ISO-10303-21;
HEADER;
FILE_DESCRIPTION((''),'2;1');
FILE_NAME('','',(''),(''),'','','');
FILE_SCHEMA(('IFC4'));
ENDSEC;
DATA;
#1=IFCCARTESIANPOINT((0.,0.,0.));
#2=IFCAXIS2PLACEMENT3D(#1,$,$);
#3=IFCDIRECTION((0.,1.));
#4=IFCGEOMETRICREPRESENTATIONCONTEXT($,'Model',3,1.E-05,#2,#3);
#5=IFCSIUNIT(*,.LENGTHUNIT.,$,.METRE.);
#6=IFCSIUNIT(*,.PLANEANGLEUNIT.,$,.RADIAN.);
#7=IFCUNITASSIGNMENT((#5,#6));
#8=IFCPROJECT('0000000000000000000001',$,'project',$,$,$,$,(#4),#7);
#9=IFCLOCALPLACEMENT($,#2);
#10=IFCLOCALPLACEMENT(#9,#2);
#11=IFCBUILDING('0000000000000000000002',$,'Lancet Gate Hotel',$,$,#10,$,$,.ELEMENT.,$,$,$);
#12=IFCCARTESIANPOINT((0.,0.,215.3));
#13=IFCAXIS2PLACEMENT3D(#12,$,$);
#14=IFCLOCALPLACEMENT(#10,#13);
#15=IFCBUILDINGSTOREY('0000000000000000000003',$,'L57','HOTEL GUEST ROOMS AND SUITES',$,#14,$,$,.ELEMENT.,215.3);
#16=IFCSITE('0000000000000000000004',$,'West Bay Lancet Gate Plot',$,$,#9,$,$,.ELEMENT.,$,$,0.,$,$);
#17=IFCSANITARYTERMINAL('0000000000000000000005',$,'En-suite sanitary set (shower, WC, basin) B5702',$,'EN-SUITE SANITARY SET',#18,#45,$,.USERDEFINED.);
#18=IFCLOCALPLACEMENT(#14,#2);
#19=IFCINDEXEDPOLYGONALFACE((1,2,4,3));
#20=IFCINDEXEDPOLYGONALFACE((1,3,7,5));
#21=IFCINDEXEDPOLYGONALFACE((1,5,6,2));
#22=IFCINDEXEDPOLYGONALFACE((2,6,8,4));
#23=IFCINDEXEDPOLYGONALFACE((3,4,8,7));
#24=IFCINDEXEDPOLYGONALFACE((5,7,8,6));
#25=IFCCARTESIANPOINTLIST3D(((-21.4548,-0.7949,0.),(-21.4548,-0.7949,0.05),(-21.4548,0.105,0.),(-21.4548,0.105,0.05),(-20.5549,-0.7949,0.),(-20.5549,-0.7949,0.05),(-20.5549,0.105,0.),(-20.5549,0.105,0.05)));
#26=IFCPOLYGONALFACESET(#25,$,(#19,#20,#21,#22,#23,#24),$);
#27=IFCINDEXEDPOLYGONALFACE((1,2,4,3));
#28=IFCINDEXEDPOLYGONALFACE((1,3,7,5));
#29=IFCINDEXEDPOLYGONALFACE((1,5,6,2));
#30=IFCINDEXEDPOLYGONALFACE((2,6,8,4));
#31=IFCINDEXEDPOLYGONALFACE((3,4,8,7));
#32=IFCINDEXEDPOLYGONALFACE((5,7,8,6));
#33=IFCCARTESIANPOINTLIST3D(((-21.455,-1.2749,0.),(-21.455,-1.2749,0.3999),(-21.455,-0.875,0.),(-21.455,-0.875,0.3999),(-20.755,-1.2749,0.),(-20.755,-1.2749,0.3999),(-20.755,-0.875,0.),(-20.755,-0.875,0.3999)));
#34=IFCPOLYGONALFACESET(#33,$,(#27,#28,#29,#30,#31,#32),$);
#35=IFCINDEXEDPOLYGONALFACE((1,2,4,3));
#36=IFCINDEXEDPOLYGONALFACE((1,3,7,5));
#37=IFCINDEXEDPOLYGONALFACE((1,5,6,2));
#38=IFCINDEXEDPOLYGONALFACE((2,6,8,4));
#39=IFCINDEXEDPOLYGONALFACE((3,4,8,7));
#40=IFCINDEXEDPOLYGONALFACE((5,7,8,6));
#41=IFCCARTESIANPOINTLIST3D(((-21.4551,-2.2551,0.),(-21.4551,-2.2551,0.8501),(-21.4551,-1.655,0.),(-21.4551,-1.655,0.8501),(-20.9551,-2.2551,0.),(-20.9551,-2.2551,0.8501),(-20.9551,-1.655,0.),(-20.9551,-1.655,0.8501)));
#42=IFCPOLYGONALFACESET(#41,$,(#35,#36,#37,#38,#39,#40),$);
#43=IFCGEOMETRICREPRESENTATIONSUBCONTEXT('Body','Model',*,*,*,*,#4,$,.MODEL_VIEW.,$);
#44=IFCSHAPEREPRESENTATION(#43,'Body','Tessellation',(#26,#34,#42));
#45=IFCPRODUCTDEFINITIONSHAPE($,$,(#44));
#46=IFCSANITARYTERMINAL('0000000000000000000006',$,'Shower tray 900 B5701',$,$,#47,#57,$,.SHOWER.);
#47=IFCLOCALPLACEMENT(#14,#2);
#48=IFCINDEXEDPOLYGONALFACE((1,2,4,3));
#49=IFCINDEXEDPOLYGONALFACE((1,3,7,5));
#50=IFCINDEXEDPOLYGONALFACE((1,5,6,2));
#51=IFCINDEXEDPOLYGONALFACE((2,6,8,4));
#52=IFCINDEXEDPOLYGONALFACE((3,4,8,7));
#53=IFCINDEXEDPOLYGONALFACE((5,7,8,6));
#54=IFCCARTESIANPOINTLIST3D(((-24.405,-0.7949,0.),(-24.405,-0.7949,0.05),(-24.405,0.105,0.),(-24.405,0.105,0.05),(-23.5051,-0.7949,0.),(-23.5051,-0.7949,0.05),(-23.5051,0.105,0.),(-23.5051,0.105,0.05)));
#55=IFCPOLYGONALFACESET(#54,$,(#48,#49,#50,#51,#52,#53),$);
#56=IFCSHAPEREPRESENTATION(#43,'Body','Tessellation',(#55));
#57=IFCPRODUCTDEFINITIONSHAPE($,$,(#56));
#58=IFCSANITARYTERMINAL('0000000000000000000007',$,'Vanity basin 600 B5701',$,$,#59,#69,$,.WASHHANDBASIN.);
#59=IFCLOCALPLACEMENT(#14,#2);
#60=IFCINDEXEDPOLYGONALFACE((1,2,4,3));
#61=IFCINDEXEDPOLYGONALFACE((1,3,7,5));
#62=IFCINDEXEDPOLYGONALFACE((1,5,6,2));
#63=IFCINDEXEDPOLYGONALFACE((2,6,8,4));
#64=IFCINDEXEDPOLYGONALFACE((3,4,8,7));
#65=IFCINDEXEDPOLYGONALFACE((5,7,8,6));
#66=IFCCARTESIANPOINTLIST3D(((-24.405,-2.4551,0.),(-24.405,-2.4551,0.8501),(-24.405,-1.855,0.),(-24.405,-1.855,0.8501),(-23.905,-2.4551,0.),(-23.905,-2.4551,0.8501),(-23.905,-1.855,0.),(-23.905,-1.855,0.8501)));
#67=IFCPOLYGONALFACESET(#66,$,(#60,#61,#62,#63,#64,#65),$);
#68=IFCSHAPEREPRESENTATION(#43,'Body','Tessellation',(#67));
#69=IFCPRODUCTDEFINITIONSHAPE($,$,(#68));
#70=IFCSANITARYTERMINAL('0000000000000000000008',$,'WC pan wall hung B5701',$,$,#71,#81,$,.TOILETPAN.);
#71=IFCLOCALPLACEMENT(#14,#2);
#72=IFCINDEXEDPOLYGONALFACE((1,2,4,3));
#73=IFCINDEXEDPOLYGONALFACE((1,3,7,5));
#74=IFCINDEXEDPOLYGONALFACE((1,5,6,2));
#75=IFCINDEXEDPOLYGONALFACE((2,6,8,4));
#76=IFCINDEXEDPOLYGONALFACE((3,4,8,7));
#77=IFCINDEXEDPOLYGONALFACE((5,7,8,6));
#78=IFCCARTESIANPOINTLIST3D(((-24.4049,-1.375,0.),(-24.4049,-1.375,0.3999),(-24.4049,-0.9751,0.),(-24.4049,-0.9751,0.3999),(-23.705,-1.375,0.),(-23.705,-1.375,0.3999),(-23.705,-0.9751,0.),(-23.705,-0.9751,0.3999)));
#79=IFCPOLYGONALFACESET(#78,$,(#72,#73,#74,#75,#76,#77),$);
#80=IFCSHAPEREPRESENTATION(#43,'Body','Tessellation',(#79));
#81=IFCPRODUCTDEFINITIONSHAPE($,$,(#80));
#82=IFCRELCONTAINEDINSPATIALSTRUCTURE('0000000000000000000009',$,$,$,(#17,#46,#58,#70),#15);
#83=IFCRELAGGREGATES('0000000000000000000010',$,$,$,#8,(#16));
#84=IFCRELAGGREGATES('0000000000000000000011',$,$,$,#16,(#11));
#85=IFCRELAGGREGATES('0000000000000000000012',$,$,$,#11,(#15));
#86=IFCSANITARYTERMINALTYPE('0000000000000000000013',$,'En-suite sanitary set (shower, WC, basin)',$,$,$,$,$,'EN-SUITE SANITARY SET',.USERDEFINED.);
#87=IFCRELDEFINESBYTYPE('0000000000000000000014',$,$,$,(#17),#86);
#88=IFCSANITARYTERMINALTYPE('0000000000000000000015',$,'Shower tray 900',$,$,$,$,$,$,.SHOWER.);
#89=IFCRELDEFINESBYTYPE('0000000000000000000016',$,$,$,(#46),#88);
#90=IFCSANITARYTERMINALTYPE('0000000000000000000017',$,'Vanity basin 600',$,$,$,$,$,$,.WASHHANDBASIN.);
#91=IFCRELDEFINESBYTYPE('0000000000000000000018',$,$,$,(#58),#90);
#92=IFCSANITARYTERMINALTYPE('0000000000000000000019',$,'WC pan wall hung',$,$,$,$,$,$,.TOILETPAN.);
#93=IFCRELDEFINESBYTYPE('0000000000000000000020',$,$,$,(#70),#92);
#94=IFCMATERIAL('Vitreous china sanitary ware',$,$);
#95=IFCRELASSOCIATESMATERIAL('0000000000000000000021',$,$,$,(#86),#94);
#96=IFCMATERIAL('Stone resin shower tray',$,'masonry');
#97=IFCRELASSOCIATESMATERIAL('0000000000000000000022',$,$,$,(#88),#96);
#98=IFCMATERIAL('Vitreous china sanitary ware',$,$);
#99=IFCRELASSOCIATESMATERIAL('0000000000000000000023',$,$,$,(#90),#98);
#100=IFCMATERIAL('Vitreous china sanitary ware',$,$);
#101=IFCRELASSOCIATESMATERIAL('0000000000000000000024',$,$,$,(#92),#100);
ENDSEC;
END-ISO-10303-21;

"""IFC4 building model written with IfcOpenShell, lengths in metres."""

from ifc_helpers import new_model, si_unit, direction, frame, origin, origin_2d, place, context, subcontext, project, spatial, rectangle, extrude, material, type_object, element, save


model = new_model("IFC4")

# Units and contexts
model_context = context("Model", 3, precision=1e-05, world=origin(), true_north=direction((0.0, 1.0)))
body_context = subcontext(model_context, "Body", "Model", "MODEL_VIEW")
ifc_project = project(units=[si_unit("LENGTHUNIT", "METRE"), si_unit("PLANEANGLEUNIT", "RADIAN")], contexts=[model_context])

# Site, building, storey
site_placement = place(None, origin())
site = spatial("IfcSite", under=ifc_project, at=site_placement, Name="West Bay Lancet Gate Plot", CompositionType="ELEMENT", RefElevation=0.0)
building_placement = place(site_placement, origin())
building = spatial("IfcBuilding", under=site, at=building_placement, Name="Lancet Gate Hotel", CompositionType="ELEMENT")
storey_placement = place(building_placement, frame((0.0, 0.0, 215.3)))
storey = spatial("IfcBuildingStorey", under=building, at=storey_placement, Name="L57", Description="HOTEL GUEST ROOMS AND SUITES", CompositionType="ELEMENT", Elevation=215.3)

# Sanitary terminals
ifc_material_1 = material(Name="Vitreous china sanitary ware")
sanitary_terminal_type_1 = type_object("IfcSanitaryTerminalType", Name="En-suite sanitary set (shower, WC, basin)", ElementType="EN-SUITE SANITARY SET", PredefinedType="USERDEFINED", material=ifc_material_1)
sanitary_terminal_1_placement = place(storey_placement, frame((-21.0049, -0.345, 0.0), z_axis=(0.0, 0.0, 1.0), x_axis=(1.0, 0.0, 0.0)))
element("IfcSanitaryTerminal", 1, at=sanitary_terminal_1_placement, inside=storey, type_object=sanitary_terminal_type_1, Name="En-suite sanitary set (shower, WC, basin) B5702", ObjectType="EN-SUITE SANITARY SET", PredefinedType="USERDEFINED", context=body_context, shape_type="SweptSolid", body=[
    extrude(rectangle(XDim=0.8999, YDim=0.8999, at=origin_2d()), frame((0.0, 0.0, 0.0), z_axis=(0.0, 0.0, 1.0), x_axis=(0.0, 1.0, 0.0)), (0.0, 0.0, 1.0), 0.05),
    extrude(rectangle(XDim=0.3999, YDim=0.7, at=origin_2d()), frame((-0.1001, -0.73, 0.0), z_axis=(0.0, 0.0, 1.0), x_axis=(0.0, 1.0, 0.0)), (0.0, 0.0, 1.0), 0.3999),
    extrude(rectangle(XDim=0.6001, YDim=0.5, at=origin_2d()), frame((-0.2002, -1.6101, 0.0), z_axis=(0.0, 0.0, 1.0), x_axis=(0.0, 1.0, 0.0)), (0.0, 0.0, 1.0), 0.8501),
])
ifc_material_2 = material(Name="Stone resin shower tray", Category="masonry")
sanitary_terminal_type_2 = type_object("IfcSanitaryTerminalType", Name="Shower tray 900", PredefinedType="SHOWER", material=ifc_material_2)
sanitary_terminal_2_placement = place(storey_placement, frame((-23.9551, -0.345, 0.0), z_axis=(0.0, 0.0, 1.0), x_axis=(0.0, 1.0, 0.0)))
element("IfcSanitaryTerminal", 2, at=sanitary_terminal_2_placement, inside=storey, type_object=sanitary_terminal_type_2, Name="Shower tray 900 B5701", PredefinedType="SHOWER", context=body_context, shape_type="SweptSolid", body=[
    extrude(rectangle(XDim=0.8999, YDim=0.8999, at=origin_2d()), origin(), (0.0, 0.0, 1.0), 0.05),
])
ifc_material_3 = material(Name="Vitreous china sanitary ware")
sanitary_terminal_type_3 = type_object("IfcSanitaryTerminalType", Name="Vanity basin 600", PredefinedType="WASHHANDBASIN", material=ifc_material_3)
sanitary_terminal_3_placement = place(storey_placement, frame((-24.155, -2.155, 0.0), z_axis=(0.0, 0.0, 1.0), x_axis=(0.0, 1.0, 0.0)))
element("IfcSanitaryTerminal", 3, at=sanitary_terminal_3_placement, inside=storey, type_object=sanitary_terminal_type_3, Name="Vanity basin 600 B5701", PredefinedType="WASHHANDBASIN", context=body_context, shape_type="SweptSolid", body=[
    extrude(rectangle(XDim=0.6001, YDim=0.5, at=origin_2d()), origin(), (0.0, 0.0, 1.0), 0.8501),
])
ifc_material_4 = material(Name="Vitreous china sanitary ware")
sanitary_terminal_type_4 = type_object("IfcSanitaryTerminalType", Name="WC pan wall hung", PredefinedType="TOILETPAN", material=ifc_material_4)
sanitary_terminal_4_placement = place(storey_placement, frame((-24.0549, -1.175, 0.0), z_axis=(0.0, 0.0, 1.0), x_axis=(0.0, 1.0, 0.0)))
element("IfcSanitaryTerminal", 4, at=sanitary_terminal_4_placement, inside=storey, type_object=sanitary_terminal_type_4, Name="WC pan wall hung B5701", PredefinedType="TOILETPAN", context=body_context, shape_type="SweptSolid", body=[
    extrude(rectangle(XDim=0.3999, YDim=0.7, at=origin_2d()), origin(), (0.0, 0.0, 1.0), 0.3999),
])

save(model, "model.ifc")
